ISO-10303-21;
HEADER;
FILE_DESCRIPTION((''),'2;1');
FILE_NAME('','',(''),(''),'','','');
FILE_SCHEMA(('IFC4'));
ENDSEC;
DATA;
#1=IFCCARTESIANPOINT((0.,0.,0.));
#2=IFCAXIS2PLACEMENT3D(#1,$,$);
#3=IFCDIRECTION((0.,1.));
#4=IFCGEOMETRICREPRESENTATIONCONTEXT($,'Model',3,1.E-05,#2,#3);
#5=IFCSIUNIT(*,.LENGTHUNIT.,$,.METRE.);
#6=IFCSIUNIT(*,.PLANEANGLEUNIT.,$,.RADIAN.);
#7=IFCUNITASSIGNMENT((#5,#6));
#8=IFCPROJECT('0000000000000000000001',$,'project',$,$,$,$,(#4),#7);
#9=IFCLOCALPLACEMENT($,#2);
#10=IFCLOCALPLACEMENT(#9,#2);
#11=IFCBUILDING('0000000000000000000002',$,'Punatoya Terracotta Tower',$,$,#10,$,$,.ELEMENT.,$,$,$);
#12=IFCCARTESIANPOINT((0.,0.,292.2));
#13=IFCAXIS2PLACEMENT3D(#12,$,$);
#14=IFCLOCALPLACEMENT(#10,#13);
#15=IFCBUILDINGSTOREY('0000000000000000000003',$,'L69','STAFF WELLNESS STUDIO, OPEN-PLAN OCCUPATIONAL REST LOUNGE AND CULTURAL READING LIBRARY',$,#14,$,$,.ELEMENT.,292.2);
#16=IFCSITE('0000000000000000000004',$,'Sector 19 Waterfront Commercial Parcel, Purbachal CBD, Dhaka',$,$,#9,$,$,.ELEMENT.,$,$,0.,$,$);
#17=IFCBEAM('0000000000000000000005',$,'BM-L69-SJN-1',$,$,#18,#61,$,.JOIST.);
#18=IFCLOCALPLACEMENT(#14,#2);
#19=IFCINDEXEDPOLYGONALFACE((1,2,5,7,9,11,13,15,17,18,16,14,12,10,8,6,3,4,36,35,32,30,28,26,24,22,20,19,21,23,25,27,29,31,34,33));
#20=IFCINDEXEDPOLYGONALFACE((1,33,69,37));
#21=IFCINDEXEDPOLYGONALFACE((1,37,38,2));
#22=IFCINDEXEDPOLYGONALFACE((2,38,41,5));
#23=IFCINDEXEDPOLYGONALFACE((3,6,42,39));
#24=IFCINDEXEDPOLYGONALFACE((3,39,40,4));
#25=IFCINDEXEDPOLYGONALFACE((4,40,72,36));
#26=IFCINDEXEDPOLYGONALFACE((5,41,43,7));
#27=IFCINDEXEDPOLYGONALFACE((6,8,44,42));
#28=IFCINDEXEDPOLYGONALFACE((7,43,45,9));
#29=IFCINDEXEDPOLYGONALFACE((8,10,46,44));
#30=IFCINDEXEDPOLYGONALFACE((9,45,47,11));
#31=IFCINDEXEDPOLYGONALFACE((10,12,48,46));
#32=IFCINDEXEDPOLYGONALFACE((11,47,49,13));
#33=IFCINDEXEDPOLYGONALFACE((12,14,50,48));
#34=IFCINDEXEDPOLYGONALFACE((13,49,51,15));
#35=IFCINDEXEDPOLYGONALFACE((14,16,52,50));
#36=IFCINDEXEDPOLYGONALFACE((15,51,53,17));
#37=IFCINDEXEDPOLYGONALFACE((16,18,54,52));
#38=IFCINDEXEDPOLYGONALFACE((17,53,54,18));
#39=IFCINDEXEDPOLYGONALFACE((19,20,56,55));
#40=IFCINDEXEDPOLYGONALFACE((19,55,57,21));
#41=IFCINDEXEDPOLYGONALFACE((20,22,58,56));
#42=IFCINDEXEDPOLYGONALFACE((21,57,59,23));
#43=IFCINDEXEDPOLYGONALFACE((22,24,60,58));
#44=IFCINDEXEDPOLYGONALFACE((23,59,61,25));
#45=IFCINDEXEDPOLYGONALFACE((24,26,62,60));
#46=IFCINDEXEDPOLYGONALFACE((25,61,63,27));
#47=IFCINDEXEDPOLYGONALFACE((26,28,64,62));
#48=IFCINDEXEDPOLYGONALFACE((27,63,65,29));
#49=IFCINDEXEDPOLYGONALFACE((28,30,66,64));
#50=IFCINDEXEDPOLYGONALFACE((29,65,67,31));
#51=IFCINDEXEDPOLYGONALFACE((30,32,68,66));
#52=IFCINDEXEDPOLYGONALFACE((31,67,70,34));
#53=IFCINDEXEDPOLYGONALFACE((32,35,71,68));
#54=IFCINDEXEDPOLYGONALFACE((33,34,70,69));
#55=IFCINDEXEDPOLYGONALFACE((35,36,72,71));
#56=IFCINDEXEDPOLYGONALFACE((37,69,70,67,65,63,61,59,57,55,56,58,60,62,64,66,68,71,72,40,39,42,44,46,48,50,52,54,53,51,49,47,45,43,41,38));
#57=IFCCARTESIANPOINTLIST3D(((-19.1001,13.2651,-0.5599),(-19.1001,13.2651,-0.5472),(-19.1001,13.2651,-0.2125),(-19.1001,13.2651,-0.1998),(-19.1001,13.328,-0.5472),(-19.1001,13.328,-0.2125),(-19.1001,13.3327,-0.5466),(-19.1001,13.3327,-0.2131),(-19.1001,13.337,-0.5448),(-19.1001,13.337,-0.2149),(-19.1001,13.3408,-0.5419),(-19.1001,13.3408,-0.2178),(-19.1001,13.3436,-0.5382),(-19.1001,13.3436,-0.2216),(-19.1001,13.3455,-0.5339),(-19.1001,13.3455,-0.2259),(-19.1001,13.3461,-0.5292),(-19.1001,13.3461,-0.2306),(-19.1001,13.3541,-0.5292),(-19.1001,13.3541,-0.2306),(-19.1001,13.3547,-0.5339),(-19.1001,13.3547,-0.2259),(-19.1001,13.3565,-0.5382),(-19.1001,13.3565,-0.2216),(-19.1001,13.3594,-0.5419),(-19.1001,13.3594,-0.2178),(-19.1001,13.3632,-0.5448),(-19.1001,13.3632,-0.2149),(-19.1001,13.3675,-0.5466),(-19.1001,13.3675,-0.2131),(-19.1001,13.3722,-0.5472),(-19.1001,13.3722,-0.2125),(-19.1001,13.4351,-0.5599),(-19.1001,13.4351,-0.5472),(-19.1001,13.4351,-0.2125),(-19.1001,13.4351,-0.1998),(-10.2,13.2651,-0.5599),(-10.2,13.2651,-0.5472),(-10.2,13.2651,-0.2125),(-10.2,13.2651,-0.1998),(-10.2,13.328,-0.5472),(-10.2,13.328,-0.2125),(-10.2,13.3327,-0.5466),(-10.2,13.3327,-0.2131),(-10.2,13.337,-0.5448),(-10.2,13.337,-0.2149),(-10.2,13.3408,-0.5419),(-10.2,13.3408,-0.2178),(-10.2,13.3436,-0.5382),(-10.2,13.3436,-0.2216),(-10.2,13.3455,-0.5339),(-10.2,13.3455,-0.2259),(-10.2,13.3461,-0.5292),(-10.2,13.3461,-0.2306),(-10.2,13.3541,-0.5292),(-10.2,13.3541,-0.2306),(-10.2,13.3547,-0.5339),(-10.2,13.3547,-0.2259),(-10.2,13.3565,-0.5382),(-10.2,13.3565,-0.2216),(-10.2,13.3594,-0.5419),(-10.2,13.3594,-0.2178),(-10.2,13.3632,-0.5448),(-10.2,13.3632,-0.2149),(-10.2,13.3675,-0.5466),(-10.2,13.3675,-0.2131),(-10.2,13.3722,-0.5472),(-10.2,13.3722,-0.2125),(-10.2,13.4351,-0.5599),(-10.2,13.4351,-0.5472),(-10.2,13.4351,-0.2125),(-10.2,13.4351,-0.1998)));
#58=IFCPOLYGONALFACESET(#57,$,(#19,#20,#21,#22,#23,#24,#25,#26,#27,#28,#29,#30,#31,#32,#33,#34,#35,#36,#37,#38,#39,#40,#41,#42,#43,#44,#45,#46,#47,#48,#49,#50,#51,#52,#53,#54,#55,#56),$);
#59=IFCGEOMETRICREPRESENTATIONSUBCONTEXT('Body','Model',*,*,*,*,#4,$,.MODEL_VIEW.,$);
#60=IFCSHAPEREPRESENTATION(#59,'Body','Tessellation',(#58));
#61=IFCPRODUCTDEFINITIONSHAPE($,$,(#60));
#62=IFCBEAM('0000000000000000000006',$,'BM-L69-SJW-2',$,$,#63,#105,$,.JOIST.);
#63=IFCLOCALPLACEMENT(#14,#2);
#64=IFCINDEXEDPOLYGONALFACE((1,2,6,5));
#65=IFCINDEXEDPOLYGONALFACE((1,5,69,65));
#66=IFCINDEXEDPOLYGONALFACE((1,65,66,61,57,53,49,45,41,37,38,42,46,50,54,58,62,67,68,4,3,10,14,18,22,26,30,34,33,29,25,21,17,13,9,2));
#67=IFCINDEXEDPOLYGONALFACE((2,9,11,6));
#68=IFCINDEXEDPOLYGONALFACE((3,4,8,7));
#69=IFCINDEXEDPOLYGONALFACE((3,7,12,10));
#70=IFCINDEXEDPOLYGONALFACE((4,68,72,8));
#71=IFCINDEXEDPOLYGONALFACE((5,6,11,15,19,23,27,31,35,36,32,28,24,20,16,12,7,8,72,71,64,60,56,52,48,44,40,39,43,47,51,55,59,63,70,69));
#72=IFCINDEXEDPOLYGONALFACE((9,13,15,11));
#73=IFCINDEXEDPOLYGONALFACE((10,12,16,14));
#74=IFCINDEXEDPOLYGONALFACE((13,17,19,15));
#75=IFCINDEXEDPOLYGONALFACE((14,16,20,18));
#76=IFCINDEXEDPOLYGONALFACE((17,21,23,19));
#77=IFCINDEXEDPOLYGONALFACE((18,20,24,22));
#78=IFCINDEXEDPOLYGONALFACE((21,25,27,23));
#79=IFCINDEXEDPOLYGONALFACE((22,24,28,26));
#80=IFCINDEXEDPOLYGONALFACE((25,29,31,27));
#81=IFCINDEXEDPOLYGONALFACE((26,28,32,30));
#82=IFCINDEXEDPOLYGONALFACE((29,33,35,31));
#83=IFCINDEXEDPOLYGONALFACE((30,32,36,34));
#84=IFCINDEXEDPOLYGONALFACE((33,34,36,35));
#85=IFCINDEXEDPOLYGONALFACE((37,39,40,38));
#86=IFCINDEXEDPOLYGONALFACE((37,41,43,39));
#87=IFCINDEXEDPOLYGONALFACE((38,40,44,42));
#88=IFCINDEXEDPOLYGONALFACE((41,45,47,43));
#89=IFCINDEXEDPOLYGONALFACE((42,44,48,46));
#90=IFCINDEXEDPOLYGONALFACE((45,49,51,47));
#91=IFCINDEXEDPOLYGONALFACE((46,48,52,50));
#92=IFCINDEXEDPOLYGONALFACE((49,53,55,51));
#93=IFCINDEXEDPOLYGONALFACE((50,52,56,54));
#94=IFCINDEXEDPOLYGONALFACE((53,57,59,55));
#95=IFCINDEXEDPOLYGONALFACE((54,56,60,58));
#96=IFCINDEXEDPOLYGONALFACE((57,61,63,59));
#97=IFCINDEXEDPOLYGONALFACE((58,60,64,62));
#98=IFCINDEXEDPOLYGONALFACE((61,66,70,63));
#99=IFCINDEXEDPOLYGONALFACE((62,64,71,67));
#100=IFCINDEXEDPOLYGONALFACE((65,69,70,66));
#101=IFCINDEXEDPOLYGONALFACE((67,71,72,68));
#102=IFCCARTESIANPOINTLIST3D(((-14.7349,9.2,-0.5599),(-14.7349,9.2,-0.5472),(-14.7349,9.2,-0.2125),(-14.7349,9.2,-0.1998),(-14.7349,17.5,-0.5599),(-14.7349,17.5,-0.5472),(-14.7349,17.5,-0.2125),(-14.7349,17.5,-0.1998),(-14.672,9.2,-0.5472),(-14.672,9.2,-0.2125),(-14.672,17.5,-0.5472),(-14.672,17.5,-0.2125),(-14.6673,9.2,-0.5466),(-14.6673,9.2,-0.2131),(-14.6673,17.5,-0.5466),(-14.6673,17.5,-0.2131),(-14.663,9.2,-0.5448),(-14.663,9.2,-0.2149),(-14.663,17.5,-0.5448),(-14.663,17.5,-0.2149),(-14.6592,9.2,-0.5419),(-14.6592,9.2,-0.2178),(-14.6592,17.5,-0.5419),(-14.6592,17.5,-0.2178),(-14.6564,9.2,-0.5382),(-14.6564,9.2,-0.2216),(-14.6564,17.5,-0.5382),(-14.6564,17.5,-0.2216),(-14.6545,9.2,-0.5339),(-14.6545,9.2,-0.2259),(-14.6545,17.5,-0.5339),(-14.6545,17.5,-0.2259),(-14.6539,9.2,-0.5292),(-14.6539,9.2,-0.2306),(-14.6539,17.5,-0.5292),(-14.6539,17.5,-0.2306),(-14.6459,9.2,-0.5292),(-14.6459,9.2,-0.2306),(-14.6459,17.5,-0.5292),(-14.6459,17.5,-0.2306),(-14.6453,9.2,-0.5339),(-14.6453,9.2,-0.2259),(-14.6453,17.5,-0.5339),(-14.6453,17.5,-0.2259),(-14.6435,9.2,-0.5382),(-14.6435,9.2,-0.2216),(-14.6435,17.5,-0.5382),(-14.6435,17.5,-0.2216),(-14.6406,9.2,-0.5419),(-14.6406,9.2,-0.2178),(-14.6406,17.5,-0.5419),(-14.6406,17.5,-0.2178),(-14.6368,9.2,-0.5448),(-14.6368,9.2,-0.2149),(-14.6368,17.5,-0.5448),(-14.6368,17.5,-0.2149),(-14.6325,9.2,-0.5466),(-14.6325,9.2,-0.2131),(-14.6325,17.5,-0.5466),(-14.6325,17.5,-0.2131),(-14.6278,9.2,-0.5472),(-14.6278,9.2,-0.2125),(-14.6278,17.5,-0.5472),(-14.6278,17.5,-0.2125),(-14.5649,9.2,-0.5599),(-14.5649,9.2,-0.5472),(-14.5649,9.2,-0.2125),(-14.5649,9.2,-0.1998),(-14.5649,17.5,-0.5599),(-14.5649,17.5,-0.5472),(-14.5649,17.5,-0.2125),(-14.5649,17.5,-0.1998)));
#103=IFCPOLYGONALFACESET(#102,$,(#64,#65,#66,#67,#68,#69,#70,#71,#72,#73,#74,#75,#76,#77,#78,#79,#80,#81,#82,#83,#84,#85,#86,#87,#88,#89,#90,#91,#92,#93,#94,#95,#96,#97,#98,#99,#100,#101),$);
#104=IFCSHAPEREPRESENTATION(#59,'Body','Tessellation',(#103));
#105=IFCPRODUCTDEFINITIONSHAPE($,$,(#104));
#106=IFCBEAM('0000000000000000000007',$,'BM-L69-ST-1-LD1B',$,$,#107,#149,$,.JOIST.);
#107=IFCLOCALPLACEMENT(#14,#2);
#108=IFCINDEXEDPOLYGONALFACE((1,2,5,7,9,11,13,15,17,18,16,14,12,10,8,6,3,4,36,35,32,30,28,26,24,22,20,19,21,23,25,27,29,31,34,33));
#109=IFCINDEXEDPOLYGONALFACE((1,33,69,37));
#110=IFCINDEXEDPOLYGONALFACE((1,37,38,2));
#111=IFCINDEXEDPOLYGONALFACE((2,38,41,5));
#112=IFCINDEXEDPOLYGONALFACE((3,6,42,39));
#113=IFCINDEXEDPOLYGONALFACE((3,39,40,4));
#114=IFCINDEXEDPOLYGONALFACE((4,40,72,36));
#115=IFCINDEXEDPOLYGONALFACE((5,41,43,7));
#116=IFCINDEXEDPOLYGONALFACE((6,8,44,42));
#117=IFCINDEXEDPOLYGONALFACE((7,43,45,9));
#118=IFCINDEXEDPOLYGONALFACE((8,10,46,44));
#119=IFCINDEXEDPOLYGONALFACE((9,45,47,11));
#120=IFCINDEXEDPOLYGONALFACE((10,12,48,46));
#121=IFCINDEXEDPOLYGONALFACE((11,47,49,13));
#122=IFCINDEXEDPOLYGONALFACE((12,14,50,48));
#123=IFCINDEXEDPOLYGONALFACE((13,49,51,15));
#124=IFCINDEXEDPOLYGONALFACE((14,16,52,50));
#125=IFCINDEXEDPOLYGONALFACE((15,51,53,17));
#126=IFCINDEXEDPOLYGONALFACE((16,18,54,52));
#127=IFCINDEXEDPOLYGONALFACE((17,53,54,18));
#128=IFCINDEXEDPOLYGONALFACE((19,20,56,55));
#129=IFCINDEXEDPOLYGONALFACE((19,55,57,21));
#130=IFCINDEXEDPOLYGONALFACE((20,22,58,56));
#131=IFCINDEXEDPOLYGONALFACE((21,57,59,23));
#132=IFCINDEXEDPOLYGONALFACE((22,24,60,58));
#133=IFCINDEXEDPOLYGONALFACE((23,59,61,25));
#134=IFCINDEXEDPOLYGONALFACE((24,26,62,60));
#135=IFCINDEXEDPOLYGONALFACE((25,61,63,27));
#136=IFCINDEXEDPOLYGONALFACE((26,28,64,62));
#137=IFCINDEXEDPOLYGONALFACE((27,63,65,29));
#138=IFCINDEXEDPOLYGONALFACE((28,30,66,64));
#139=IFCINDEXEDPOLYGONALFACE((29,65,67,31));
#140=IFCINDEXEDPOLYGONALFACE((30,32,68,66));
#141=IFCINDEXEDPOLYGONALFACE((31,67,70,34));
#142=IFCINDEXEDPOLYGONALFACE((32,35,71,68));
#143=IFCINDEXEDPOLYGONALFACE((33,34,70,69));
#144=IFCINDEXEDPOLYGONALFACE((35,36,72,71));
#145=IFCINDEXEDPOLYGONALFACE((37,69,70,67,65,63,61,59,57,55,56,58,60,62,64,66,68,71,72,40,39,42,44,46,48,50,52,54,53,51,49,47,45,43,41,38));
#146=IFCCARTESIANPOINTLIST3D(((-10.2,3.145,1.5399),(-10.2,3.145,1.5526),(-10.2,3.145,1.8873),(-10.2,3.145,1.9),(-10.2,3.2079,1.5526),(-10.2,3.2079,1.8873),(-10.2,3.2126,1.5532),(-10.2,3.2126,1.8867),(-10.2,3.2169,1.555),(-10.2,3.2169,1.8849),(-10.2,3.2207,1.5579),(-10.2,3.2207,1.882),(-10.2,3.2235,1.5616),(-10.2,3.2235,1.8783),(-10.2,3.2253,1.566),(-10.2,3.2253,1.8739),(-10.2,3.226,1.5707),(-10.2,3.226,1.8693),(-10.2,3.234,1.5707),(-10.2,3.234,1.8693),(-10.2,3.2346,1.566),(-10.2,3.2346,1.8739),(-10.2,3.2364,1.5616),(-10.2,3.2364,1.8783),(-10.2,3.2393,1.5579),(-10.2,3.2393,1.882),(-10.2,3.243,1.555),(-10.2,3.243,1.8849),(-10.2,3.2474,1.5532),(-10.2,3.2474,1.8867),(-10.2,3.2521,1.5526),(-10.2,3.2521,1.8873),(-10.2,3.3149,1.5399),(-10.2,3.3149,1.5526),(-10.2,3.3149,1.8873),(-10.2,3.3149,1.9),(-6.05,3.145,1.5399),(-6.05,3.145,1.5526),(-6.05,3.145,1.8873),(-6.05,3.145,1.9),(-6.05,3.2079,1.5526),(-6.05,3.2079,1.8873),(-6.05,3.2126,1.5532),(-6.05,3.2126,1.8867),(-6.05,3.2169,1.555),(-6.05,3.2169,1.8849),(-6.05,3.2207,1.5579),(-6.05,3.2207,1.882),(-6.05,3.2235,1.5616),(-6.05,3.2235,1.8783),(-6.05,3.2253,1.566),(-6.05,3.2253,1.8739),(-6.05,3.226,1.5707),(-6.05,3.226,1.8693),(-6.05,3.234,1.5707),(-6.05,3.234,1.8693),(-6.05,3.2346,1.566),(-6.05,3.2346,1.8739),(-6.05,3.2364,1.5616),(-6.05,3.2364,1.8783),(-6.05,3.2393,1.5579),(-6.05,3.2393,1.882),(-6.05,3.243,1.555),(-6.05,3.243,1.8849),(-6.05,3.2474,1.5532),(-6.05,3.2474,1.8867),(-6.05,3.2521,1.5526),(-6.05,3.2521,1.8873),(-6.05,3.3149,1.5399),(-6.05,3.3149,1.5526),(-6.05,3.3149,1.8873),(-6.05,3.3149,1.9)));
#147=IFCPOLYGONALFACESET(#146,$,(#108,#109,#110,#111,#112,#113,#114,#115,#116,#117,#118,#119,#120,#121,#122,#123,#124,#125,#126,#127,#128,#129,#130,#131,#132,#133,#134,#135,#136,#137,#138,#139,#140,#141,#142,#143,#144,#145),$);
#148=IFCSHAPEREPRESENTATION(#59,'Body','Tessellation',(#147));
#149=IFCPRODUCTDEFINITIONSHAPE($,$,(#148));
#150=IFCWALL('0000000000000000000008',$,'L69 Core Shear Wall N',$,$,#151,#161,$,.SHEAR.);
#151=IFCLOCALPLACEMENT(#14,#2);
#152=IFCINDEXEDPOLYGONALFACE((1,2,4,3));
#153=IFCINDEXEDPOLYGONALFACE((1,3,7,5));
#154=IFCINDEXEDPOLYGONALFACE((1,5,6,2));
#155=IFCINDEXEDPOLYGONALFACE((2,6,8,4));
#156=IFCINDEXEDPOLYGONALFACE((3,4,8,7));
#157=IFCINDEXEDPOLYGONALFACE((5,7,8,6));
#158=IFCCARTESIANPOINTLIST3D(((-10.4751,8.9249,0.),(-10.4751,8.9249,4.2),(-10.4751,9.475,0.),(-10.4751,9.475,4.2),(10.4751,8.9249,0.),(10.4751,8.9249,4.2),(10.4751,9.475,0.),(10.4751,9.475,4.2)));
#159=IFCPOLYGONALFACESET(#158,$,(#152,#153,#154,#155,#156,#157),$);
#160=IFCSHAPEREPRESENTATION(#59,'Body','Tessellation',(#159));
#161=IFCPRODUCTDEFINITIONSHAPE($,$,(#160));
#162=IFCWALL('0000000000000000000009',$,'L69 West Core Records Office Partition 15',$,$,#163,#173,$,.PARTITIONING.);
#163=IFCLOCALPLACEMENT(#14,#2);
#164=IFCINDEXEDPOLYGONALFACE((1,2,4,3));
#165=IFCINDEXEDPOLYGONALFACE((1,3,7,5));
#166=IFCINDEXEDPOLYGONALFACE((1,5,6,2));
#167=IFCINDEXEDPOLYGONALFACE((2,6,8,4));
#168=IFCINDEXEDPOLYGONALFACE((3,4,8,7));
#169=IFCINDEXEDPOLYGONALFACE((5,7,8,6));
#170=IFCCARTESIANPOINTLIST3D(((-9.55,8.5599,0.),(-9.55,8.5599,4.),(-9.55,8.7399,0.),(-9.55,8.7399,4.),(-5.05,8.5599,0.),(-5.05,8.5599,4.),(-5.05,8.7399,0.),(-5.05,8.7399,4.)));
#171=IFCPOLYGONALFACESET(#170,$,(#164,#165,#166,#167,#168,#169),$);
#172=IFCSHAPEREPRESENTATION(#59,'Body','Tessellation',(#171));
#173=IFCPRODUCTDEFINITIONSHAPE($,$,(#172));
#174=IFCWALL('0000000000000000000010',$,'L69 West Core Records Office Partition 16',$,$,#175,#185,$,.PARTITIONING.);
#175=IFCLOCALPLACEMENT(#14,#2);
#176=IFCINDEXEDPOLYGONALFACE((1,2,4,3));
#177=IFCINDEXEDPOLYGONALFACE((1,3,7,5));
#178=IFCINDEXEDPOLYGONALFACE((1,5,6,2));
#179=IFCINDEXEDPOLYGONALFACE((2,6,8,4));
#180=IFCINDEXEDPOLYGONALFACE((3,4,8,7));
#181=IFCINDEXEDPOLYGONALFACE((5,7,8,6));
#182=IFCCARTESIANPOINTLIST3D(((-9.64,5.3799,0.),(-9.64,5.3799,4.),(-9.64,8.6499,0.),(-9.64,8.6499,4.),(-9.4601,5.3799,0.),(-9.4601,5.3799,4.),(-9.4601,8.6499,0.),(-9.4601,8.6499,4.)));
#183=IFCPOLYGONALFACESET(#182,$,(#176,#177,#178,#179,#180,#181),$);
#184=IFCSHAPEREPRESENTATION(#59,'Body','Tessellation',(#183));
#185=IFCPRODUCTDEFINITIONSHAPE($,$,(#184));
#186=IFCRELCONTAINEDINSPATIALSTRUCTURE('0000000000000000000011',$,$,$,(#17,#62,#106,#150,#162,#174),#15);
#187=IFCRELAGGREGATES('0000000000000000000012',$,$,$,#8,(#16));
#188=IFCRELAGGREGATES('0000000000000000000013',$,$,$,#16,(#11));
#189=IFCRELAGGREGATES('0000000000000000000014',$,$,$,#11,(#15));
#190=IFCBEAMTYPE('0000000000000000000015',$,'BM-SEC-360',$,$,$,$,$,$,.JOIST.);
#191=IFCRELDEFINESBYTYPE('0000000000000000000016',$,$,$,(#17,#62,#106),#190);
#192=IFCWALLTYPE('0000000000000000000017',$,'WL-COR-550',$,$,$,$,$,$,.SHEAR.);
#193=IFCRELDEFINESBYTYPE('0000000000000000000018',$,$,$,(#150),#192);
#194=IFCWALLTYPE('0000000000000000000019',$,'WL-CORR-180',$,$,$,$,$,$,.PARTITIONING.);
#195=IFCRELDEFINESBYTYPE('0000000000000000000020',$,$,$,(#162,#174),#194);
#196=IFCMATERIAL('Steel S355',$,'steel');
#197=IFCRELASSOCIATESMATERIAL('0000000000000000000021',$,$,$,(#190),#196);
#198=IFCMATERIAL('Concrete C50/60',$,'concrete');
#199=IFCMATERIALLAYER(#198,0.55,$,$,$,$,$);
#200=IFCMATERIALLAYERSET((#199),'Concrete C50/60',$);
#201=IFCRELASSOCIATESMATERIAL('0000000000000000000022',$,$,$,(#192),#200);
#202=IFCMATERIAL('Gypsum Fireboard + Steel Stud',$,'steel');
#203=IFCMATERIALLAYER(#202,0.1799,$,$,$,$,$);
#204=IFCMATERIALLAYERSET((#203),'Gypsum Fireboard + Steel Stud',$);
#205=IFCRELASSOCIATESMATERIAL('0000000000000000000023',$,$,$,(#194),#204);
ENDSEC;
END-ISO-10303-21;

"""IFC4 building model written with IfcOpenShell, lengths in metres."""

from ifc_helpers import new_model, si_unit, direction, frame, frame_2d, origin, origin_2d, place, context, subcontext, project, spatial, rectangle, i_section, extrude, material, layer, layer_set, material_profile, profile_set, type_object, element, save


model = new_model("IFC4")

# Units and contexts
model_context = context("Model", 3, precision=1e-05, world=origin(), true_north=direction((0.0, 1.0)))
body_context = subcontext(model_context, "Body", "Model", "MODEL_VIEW")
ifc_project = project(units=[si_unit("LENGTHUNIT", "METRE"), si_unit("PLANEANGLEUNIT", "RADIAN")], contexts=[model_context])

# Site, building, storey
site_placement = place(None, origin())
site = spatial("IfcSite", under=ifc_project, at=site_placement, Name="Sector 19 Waterfront Commercial Parcel, Purbachal CBD, Dhaka", CompositionType="ELEMENT", RefElevation=0.0)
building_placement = place(site_placement, origin())
building = spatial("IfcBuilding", under=site, at=building_placement, Name="Punatoya Terracotta Tower", CompositionType="ELEMENT")
storey_placement = place(building_placement, frame((0.0, 0.0, 292.2)))
storey = spatial("IfcBuildingStorey", under=building, at=storey_placement, Name="L69", Description="STAFF WELLNESS STUDIO, OPEN-PLAN OCCUPATIONAL REST LOUNGE AND CULTURAL READING LIBRARY", CompositionType="ELEMENT", Elevation=292.2)

# Beams
ifc_material_1 = material(Name="Steel S355", Category="steel")
ifc_material_2 = material(Name="Concrete C50/60", Category="concrete")
ifc_material_profile_1 = material_profile(ifc_material_1, i_section(OverallWidth=0.1699, OverallDepth=0.3601, WebThickness=0.0081, FlangeThickness=0.0127, FilletRadius=0.0181, at=origin_2d()))
ifc_profile_set_1 = profile_set([ifc_material_profile_1], Name="Steel S355")
beam_type_1 = type_object("IfcBeamType", Name="BM-SEC-360", PredefinedType="JOIST", material=ifc_profile_set_1)
beam_1_placement = place(storey_placement, frame((-19.1001, 13.3501, -0.3799), z_axis=(1.0, 0.0, 0.0), x_axis=(0.0, 1.0, 0.0)))
element("IfcBeam", 1, at=beam_1_placement, inside=storey, type_object=beam_type_1, Name="BM-L69-SJN-1", PredefinedType="JOIST", context=body_context, shape_type="SweptSolid", body=[
    extrude(i_section(OverallWidth=0.1699, OverallDepth=0.3601, WebThickness=0.0081, FlangeThickness=0.0127, FilletRadius=0.0181, at=origin_2d()), origin(), (0.0, 0.0, 1.0), 8.9001),
])
beam_2_placement = place(storey_placement, frame((-14.6499, 9.2, -0.3799), z_axis=(0.0, 1.0, 0.0), x_axis=(-1.0, 0.0, 0.0)))
element("IfcBeam", 2, at=beam_2_placement, inside=storey, type_object=beam_type_1, Name="BM-L69-SJW-2", PredefinedType="JOIST", context=body_context, shape_type="SweptSolid", body=[
    extrude(i_section(OverallWidth=0.1699, OverallDepth=0.3601, WebThickness=0.0081, FlangeThickness=0.0127, FilletRadius=0.0181, at=origin_2d()), origin(), (0.0, 0.0, 1.0), 8.3),
])
beam_3_placement = place(storey_placement, frame((-10.2, 3.23, 1.72), z_axis=(1.0, 0.0, 0.0), x_axis=(0.0, 1.0, 0.0)))
element("IfcBeam", 3, at=beam_3_placement, inside=storey, type_object=beam_type_1, Name="BM-L69-ST-1-LD1B", PredefinedType="JOIST", context=body_context, shape_type="SweptSolid", body=[
    extrude(i_section(OverallWidth=0.1699, OverallDepth=0.3601, WebThickness=0.0081, FlangeThickness=0.0127, FilletRadius=0.0181, at=origin_2d()), origin(), (0.0, 0.0, 1.0), 4.1499),
])

# Walls
ifc_layer_1 = layer(ifc_material_2, 0.55)
ifc_layer_set_1 = layer_set([ifc_layer_1], Name="Concrete C50/60")
wall_type_1 = type_object("IfcWallType", Name="WL-COR-550", PredefinedType="SHEAR", material=ifc_layer_set_1)
wall_1_placement = place(storey_placement, frame((-10.4751, 9.2, 0.0), z_axis=(0.0, 0.0, 1.0), x_axis=(1.0, 0.0, 0.0)))
element("IfcWall", 4, at=wall_1_placement, inside=storey, type_object=wall_type_1, Name="L69 Core Shear Wall N", PredefinedType="SHEAR", context=body_context, shape_type="SweptSolid", body=[
    extrude(rectangle(XDim=20.9502, YDim=0.55, at=frame_2d((10.4751, 0.0))), origin(), (0.0, 0.0, 1.0), 4.2),
])
ifc_material_3 = material(Name="Gypsum Fireboard + Steel Stud", Category="steel")
ifc_layer_2 = layer(ifc_material_3, 0.1799)
ifc_layer_set_2 = layer_set([ifc_layer_2], Name="Gypsum Fireboard + Steel Stud")
wall_type_2 = type_object("IfcWallType", Name="WL-CORR-180", PredefinedType="PARTITIONING", material=ifc_layer_set_2)
wall_2_placement = place(storey_placement, frame((-5.05, 8.6499, 0.0), z_axis=(0.0, 0.0, 1.0), x_axis=(-1.0, 0.0, 0.0)))
element("IfcWall", 5, at=wall_2_placement, inside=storey, type_object=wall_type_2, Name="L69 West Core Records Office Partition 15", PredefinedType="PARTITIONING", context=body_context, shape_type="SweptSolid", body=[
    extrude(rectangle(XDim=4.5, YDim=0.1799, at=frame_2d((2.25, 0.0))), origin(), (0.0, 0.0, 1.0), 4.0),
])
wall_3_placement = place(storey_placement, frame((-9.55, 8.6499, 0.0), z_axis=(0.0, 0.0, 1.0), x_axis=(0.0, -1.0, 0.0)))
element("IfcWall", 6, at=wall_3_placement, inside=storey, type_object=wall_type_2, Name="L69 West Core Records Office Partition 16", PredefinedType="PARTITIONING", context=body_context, shape_type="SweptSolid", body=[
    extrude(rectangle(XDim=3.27, YDim=0.1799, at=frame_2d((1.635, 0.0))), origin(), (0.0, 0.0, 1.0), 4.0),
])

save(model, "model.ifc")
